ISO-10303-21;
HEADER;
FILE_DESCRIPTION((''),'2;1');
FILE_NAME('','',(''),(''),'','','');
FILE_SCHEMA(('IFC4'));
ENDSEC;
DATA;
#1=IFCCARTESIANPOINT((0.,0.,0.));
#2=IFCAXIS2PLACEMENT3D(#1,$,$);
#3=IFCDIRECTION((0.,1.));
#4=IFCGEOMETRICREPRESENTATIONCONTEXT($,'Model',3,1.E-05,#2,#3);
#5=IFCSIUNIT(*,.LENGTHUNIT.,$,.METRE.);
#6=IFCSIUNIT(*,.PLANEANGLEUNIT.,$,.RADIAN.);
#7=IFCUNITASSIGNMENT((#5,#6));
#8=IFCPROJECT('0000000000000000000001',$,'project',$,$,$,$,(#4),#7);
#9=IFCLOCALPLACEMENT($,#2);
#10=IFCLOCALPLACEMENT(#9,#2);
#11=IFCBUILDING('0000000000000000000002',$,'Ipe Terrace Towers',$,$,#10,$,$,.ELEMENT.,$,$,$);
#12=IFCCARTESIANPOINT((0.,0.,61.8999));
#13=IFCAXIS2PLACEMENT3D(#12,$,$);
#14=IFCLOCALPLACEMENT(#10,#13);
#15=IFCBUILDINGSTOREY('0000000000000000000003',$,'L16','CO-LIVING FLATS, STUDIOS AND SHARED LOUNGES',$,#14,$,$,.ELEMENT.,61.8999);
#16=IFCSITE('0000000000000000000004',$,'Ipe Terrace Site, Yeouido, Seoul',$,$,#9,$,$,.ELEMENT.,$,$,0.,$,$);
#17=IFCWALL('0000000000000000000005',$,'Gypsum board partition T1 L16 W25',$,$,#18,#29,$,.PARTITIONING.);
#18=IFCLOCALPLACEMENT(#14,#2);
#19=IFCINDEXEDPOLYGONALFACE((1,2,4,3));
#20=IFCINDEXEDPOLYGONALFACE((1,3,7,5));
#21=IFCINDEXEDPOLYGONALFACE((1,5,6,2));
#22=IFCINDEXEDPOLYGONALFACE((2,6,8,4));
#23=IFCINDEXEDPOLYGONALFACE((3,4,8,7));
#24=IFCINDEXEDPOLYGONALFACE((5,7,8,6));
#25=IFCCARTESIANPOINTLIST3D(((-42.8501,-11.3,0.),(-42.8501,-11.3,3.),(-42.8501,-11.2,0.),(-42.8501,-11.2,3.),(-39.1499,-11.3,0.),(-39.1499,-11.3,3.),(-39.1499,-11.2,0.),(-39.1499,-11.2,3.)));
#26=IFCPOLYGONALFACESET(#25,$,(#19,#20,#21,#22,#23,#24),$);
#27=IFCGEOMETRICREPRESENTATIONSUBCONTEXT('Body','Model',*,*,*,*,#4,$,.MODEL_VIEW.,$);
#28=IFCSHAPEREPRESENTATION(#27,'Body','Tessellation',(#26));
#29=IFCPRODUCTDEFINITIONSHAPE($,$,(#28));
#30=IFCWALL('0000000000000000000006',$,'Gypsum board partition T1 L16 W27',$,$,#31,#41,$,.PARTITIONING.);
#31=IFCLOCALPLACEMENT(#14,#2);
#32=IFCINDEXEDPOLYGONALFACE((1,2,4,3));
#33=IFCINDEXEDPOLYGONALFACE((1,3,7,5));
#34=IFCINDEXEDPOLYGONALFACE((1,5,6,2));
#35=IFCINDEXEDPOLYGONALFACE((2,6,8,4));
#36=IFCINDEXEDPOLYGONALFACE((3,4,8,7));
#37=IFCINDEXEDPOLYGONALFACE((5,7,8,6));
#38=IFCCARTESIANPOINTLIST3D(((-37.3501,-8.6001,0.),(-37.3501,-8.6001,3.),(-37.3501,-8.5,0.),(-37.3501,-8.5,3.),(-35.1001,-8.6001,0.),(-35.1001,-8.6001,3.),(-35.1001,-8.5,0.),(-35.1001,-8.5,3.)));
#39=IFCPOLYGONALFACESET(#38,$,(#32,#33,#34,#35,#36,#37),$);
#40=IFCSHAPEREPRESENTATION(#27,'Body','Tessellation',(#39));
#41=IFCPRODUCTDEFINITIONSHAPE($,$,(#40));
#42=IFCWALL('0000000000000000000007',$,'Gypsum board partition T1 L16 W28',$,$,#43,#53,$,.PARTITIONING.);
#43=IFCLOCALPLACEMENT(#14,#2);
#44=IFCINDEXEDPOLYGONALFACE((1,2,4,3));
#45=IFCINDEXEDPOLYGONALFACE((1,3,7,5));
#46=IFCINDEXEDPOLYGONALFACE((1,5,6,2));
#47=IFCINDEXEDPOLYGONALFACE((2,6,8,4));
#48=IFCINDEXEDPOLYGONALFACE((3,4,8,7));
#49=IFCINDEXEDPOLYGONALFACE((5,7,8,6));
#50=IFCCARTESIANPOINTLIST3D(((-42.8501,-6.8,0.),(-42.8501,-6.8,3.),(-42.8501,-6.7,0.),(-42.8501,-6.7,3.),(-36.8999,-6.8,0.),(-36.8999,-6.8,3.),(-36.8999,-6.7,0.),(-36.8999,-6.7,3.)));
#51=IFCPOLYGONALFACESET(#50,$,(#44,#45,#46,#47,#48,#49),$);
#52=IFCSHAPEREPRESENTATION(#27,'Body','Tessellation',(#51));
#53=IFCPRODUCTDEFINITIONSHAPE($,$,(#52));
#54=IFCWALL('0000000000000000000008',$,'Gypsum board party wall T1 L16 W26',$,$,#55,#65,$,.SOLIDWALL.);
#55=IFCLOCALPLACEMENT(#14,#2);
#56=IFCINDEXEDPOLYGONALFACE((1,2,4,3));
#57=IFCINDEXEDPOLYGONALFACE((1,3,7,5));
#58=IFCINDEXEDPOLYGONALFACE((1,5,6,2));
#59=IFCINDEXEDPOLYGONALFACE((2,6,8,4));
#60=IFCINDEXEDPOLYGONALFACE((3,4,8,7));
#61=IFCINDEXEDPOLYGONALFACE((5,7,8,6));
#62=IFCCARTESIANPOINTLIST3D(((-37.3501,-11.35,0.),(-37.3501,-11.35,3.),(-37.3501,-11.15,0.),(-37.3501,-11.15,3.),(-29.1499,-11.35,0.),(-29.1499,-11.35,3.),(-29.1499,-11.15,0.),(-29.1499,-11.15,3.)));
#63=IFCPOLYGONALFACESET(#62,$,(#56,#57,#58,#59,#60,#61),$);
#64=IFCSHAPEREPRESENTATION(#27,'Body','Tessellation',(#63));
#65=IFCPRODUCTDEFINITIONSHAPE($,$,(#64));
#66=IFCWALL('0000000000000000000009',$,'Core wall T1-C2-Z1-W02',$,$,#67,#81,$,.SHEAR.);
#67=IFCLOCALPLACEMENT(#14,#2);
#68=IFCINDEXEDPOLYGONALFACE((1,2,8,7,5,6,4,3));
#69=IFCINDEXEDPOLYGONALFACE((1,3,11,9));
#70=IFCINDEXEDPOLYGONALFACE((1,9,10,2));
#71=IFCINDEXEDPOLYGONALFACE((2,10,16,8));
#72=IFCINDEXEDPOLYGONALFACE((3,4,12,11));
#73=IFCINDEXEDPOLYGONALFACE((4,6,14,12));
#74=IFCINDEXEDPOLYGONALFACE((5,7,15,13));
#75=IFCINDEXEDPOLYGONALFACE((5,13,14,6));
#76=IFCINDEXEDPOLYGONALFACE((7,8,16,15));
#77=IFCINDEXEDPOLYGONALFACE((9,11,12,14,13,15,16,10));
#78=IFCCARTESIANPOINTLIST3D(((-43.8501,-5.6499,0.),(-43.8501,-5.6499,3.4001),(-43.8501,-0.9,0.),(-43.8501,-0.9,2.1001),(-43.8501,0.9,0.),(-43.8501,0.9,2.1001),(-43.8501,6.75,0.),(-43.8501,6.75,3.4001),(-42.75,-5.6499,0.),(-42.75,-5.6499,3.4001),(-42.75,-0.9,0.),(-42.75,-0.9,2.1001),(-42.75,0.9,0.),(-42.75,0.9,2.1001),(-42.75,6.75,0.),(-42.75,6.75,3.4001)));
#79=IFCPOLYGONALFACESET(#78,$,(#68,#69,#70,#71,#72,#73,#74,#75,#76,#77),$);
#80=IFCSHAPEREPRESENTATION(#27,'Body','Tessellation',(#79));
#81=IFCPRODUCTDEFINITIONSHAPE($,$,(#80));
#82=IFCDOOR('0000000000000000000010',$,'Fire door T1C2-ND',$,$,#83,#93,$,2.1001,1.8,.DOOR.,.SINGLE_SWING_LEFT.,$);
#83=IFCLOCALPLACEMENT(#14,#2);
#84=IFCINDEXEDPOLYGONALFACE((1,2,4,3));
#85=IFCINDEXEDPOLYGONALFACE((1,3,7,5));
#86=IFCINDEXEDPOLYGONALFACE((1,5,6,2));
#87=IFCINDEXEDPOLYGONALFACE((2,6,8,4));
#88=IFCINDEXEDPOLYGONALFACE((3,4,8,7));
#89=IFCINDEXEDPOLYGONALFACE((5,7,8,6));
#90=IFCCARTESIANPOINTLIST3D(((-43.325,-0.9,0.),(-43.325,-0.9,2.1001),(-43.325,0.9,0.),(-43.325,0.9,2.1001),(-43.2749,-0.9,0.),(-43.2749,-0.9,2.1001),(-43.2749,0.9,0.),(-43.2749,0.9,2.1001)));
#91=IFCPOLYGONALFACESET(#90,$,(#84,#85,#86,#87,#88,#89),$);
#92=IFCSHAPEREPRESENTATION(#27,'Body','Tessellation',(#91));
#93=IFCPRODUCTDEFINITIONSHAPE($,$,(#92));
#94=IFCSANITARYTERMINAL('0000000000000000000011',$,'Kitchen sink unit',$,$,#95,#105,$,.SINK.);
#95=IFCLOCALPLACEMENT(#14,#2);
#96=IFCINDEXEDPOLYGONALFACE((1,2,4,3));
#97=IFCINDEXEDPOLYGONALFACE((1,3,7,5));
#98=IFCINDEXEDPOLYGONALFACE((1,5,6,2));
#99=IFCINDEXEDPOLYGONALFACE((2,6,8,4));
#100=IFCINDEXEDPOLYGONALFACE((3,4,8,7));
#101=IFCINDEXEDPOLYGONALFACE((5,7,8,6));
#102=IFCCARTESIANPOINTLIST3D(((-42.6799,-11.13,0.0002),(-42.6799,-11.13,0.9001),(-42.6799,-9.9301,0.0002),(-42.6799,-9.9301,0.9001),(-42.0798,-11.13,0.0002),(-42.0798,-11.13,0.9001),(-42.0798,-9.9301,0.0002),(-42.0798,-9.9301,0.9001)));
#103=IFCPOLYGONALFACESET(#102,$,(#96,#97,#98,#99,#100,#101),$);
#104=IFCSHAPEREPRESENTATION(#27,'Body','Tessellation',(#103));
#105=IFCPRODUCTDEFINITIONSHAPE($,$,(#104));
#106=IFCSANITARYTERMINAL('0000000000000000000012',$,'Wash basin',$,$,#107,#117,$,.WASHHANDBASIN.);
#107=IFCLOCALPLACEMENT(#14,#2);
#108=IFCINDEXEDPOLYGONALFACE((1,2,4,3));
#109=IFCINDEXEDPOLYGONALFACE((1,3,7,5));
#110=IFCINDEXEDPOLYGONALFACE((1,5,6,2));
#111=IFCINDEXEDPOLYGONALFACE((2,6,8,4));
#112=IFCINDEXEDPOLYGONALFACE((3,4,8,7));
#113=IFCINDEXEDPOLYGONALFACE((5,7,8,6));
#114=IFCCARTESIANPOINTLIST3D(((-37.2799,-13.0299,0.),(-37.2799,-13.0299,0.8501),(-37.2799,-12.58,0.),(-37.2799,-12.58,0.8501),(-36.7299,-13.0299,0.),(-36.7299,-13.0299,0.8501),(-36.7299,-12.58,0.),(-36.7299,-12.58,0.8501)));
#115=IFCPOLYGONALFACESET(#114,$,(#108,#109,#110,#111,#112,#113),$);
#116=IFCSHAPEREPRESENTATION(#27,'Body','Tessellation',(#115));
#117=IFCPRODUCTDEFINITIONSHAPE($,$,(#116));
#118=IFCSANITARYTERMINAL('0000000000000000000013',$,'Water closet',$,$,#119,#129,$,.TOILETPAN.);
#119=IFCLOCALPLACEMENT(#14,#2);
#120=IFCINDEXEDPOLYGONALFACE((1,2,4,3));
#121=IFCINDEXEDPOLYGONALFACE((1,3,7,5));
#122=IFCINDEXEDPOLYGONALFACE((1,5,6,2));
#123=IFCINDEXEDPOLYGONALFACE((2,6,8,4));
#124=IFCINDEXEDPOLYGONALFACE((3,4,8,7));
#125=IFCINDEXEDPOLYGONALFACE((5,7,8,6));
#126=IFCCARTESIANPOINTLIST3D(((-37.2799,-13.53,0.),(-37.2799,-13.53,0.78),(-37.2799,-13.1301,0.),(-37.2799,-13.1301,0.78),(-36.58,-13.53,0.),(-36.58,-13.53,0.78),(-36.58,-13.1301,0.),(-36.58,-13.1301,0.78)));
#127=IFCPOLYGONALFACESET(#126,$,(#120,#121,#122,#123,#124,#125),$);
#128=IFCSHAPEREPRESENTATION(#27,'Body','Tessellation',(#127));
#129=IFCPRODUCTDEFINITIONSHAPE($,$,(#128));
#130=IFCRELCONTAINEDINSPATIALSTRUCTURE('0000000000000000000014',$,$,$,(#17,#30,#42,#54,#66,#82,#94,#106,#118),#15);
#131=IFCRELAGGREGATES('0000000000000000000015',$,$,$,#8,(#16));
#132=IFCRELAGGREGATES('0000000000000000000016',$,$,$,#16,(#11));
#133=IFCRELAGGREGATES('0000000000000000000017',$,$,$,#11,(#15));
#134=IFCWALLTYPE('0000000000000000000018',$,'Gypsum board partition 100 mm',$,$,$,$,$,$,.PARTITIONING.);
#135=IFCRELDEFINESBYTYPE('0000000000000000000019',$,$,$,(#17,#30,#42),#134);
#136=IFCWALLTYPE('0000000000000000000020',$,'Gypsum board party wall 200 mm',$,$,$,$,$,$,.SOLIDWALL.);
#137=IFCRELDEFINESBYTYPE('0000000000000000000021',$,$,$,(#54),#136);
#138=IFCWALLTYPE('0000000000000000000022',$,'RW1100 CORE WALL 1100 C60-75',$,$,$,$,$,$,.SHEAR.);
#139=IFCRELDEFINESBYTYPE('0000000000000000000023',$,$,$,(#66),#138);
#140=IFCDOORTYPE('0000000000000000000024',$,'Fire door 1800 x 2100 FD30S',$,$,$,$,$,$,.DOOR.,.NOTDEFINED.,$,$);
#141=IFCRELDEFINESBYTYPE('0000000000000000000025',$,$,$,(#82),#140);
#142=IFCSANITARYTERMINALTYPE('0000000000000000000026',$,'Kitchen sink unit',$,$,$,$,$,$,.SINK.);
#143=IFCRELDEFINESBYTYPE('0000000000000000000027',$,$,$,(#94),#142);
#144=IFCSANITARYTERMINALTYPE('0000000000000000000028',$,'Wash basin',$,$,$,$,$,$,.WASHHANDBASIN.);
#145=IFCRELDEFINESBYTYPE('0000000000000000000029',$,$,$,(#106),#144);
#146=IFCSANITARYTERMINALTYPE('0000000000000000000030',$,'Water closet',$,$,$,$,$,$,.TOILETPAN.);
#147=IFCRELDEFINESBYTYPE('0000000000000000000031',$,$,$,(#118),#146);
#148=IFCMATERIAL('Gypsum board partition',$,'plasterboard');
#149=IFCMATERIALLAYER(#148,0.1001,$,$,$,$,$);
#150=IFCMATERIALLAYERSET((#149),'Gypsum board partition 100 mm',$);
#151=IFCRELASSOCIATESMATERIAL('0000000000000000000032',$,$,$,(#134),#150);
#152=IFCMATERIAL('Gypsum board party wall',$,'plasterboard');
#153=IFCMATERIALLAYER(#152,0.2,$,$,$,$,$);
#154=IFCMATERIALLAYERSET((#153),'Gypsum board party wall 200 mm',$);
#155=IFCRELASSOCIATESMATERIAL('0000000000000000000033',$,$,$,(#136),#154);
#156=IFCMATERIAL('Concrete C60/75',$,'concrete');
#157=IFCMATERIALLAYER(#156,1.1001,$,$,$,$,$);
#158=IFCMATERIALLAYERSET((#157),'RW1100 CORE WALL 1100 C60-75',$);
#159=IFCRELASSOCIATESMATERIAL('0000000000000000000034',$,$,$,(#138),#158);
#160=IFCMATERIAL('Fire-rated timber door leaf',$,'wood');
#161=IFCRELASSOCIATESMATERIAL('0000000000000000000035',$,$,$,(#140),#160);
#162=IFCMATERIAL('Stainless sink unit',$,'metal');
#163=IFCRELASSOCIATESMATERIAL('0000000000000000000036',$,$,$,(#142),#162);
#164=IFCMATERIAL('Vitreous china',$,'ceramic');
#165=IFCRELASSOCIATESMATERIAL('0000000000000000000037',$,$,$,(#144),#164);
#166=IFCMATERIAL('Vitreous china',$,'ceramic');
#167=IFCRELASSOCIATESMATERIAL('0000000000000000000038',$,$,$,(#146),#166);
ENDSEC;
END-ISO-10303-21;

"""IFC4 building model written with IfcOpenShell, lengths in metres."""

from ifc_helpers import new_model, si_unit, direction, frame, frame_2d, origin, origin_2d, place, context, subcontext, project, spatial, rectangle, extrude, material, layer, layer_set, type_object, element, fill, save


model = new_model("IFC4")

# Units and contexts
model_context = context("Model", 3, precision=1e-05, world=origin(), true_north=direction((0.0, 1.0)))
body_context = subcontext(model_context, "Body", "Model", "MODEL_VIEW")
ifc_project = project(units=[si_unit("LENGTHUNIT", "METRE"), si_unit("PLANEANGLEUNIT", "RADIAN")], contexts=[model_context])

# Site, building, storey
site_placement = place(None, origin())
site = spatial("IfcSite", under=ifc_project, at=site_placement, Name="Ipe Terrace Site, Yeouido, Seoul", CompositionType="ELEMENT", RefElevation=0.0)
building_placement = place(site_placement, origin())
building = spatial("IfcBuilding", under=site, at=building_placement, Name="Ipe Terrace Towers", CompositionType="ELEMENT")
storey_placement = place(building_placement, frame((0.0, 0.0, 61.8999)))
storey = spatial("IfcBuildingStorey", under=building, at=storey_placement, Name="L16", Description="CO-LIVING FLATS, STUDIOS AND SHARED LOUNGES", CompositionType="ELEMENT", Elevation=61.8999)

# Shared definitions
ifc_material_1 = material(Name="Gypsum board partition", Category="plasterboard")
ifc_layer_1 = layer(ifc_material_1, 0.1001)
ifc_layer_set_1 = layer_set([ifc_layer_1], Name="Gypsum board partition 100 mm")
wall_type_1 = type_object("IfcWallType", Name="Gypsum board partition 100 mm", PredefinedType="PARTITIONING", material=ifc_layer_set_1)

# Walls
wall_1_placement = place(storey_placement, frame((-42.8501, -11.25, 0.0), z_axis=(0.0, 0.0, 1.0), x_axis=(1.0, 0.0, 0.0)))
element("IfcWall", 1, at=wall_1_placement, inside=storey, type_object=wall_type_1, Name="Gypsum board partition T1 L16 W25", PredefinedType="PARTITIONING", context=body_context, shape_type="SweptSolid", body=[
    extrude(rectangle(XDim=3.7002, YDim=0.1001, at=frame_2d((1.8501, 0.0))), origin(), (0.0, 0.0, 1.0), 3.0),
])
wall_2_placement = place(storey_placement, frame((-37.3501, -8.55, 0.0), z_axis=(0.0, 0.0, 1.0), x_axis=(1.0, 0.0, 0.0)))
element("IfcWall", 2, at=wall_2_placement, inside=storey, type_object=wall_type_1, Name="Gypsum board partition T1 L16 W27", PredefinedType="PARTITIONING", context=body_context, shape_type="SweptSolid", body=[
    extrude(rectangle(XDim=2.25, YDim=0.1001, at=frame_2d((1.125, 0.0))), origin(), (0.0, 0.0, 1.0), 3.0),
])
wall_3_placement = place(storey_placement, frame((-42.8501, -6.75, 0.0), z_axis=(0.0, 0.0, 1.0), x_axis=(1.0, 0.0, 0.0)))
element("IfcWall", 3, at=wall_3_placement, inside=storey, type_object=wall_type_1, Name="Gypsum board partition T1 L16 W28", PredefinedType="PARTITIONING", context=body_context, shape_type="SweptSolid", body=[
    extrude(rectangle(XDim=5.9502, YDim=0.1001, at=frame_2d((2.9751, 0.0))), origin(), (0.0, 0.0, 1.0), 3.0),
])
ifc_material_2 = material(Name="Gypsum board party wall", Category="plasterboard")
ifc_layer_2 = layer(ifc_material_2, 0.2)
ifc_layer_set_2 = layer_set([ifc_layer_2], Name="Gypsum board party wall 200 mm")
wall_type_2 = type_object("IfcWallType", Name="Gypsum board party wall 200 mm", PredefinedType="SOLIDWALL", material=ifc_layer_set_2)
wall_4_placement = place(storey_placement, frame((-37.3501, -11.25, 0.0), z_axis=(0.0, 0.0, 1.0), x_axis=(1.0, 0.0, 0.0)))
element("IfcWall", 4, at=wall_4_placement, inside=storey, type_object=wall_type_2, Name="Gypsum board party wall T1 L16 W26", PredefinedType="SOLIDWALL", context=body_context, shape_type="SweptSolid", body=[
    extrude(rectangle(XDim=8.2002, YDim=0.2, at=frame_2d((4.1001, 0.0))), origin(), (0.0, 0.0, 1.0), 3.0),
])

# Wall, opening, door
ifc_material_3 = material(Name="Concrete C60/75", Category="concrete")
ifc_layer_3 = layer(ifc_material_3, 1.1001)
ifc_layer_set_3 = layer_set([ifc_layer_3], Name="RW1100 CORE WALL 1100 C60-75")
wall_type_3 = type_object("IfcWallType", Name="RW1100 CORE WALL 1100 C60-75", PredefinedType="SHEAR", material=ifc_layer_set_3)
wall_5_placement = place(storey_placement, frame((-43.3, -5.6499, 0.0), z_axis=(0.0, 0.0, 1.0), x_axis=(0.0, 1.0, 0.0)))
wall_5 = element("IfcWall", 5, at=wall_5_placement, inside=storey, type_object=wall_type_3, Name="Core wall T1-C2-Z1-W02", PredefinedType="SHEAR", context=body_context, shape_type="SweptSolid", body=[
    extrude(rectangle(XDim=12.3999, YDim=1.1001, at=frame_2d((6.2, 0.0))), origin(), (0.0, 0.0, 1.0), 3.4001),
])
opening_1_placement = place(wall_5_placement, frame((4.75, 0.0, 0.0)))
opening_1 = element("IfcOpeningElement", 6, at=opening_1_placement, cuts=wall_5, PredefinedType="OPENING", context=body_context, shape_type="SweptSolid", body=[
    extrude(rectangle(XDim=1.8, YDim=2.1001, at=frame_2d((0.8999, 1.05))), frame((0.0, 0.5601, 0.0), z_axis=(0.0, -1.0, 0.0), x_axis=(1.0, 0.0, 0.0)), (0.0, 0.0, 1.0), 1.1201),
])
ifc_material_4 = material(Name="Fire-rated timber door leaf", Category="wood")
door_type_1 = type_object("IfcDoorType", Name="Fire door 1800 x 2100 FD30S", OperationType="NOTDEFINED", PredefinedType="DOOR", material=ifc_material_4)
door_1_placement = place(opening_1_placement, origin())
door_1 = element("IfcDoor", 7, at=door_1_placement, inside=storey, type_object=door_type_1, Name="Fire door T1C2-ND", OperationType="SINGLE_SWING_LEFT", OverallHeight=2.1001, OverallWidth=1.8, PredefinedType="DOOR", context=body_context, shape_type="SweptSolid", body=[
    extrude(rectangle(XDim=1.8, YDim=2.1001, at=frame_2d((0.8999, 1.05))), frame((0.0, 0.0249, 0.0), z_axis=(0.0, -1.0, 0.0), x_axis=(1.0, 0.0, 0.0)), (0.0, 0.0, 1.0), 0.05),
])
fill(opening_1, door_1)

# Sanitary terminals
ifc_material_5 = material(Name="Stainless sink unit", Category="metal")
sanitary_terminal_type_1 = type_object("IfcSanitaryTerminalType", Name="Kitchen sink unit", PredefinedType="SINK", material=ifc_material_5)
sanitary_terminal_1_placement = place(storey_placement, frame((-42.3799, -10.53, 0.0002), z_axis=(0.0, 0.0, 1.0), x_axis=(0.0, 1.0, 0.0)))
element("IfcSanitaryTerminal", 8, at=sanitary_terminal_1_placement, inside=storey, type_object=sanitary_terminal_type_1, Name="Kitchen sink unit", PredefinedType="SINK", context=body_context, shape_type="SweptSolid", body=[
    extrude(rectangle(XDim=1.2, YDim=0.6001, at=origin_2d()), origin(), (0.0, 0.0, 1.0), 0.8999),
])
ifc_material_6 = material(Name="Vitreous china", Category="ceramic")
sanitary_terminal_type_2 = type_object("IfcSanitaryTerminalType", Name="Wash basin", PredefinedType="WASHHANDBASIN", material=ifc_material_6)
sanitary_terminal_2_placement = place(storey_placement, frame((-37.0049, -12.8049, 0.0), z_axis=(0.0, 0.0, 1.0), x_axis=(1.0, 0.0, 0.0)))
element("IfcSanitaryTerminal", 9, at=sanitary_terminal_2_placement, inside=storey, type_object=sanitary_terminal_type_2, Name="Wash basin", PredefinedType="WASHHANDBASIN", context=body_context, shape_type="SweptSolid", body=[
    extrude(rectangle(XDim=0.55, YDim=0.45, at=origin_2d()), origin(), (0.0, 0.0, 1.0), 0.8501),
])
ifc_material_7 = material(Name="Vitreous china", Category="ceramic")
sanitary_terminal_type_3 = type_object("IfcSanitaryTerminalType", Name="Water closet", PredefinedType="TOILETPAN", material=ifc_material_7)
sanitary_terminal_3_placement = place(storey_placement, frame((-36.9299, -13.3301, 0.0), z_axis=(0.0, 0.0, 1.0), x_axis=(1.0, 0.0, 0.0)))
element("IfcSanitaryTerminal", 10, at=sanitary_terminal_3_placement, inside=storey, type_object=sanitary_terminal_type_3, Name="Water closet", PredefinedType="TOILETPAN", context=body_context, shape_type="SweptSolid", body=[
    extrude(rectangle(XDim=0.7, YDim=0.3999, at=origin_2d()), origin(), (0.0, 0.0, 1.0), 0.78),
])

save(model, "model.ifc")
